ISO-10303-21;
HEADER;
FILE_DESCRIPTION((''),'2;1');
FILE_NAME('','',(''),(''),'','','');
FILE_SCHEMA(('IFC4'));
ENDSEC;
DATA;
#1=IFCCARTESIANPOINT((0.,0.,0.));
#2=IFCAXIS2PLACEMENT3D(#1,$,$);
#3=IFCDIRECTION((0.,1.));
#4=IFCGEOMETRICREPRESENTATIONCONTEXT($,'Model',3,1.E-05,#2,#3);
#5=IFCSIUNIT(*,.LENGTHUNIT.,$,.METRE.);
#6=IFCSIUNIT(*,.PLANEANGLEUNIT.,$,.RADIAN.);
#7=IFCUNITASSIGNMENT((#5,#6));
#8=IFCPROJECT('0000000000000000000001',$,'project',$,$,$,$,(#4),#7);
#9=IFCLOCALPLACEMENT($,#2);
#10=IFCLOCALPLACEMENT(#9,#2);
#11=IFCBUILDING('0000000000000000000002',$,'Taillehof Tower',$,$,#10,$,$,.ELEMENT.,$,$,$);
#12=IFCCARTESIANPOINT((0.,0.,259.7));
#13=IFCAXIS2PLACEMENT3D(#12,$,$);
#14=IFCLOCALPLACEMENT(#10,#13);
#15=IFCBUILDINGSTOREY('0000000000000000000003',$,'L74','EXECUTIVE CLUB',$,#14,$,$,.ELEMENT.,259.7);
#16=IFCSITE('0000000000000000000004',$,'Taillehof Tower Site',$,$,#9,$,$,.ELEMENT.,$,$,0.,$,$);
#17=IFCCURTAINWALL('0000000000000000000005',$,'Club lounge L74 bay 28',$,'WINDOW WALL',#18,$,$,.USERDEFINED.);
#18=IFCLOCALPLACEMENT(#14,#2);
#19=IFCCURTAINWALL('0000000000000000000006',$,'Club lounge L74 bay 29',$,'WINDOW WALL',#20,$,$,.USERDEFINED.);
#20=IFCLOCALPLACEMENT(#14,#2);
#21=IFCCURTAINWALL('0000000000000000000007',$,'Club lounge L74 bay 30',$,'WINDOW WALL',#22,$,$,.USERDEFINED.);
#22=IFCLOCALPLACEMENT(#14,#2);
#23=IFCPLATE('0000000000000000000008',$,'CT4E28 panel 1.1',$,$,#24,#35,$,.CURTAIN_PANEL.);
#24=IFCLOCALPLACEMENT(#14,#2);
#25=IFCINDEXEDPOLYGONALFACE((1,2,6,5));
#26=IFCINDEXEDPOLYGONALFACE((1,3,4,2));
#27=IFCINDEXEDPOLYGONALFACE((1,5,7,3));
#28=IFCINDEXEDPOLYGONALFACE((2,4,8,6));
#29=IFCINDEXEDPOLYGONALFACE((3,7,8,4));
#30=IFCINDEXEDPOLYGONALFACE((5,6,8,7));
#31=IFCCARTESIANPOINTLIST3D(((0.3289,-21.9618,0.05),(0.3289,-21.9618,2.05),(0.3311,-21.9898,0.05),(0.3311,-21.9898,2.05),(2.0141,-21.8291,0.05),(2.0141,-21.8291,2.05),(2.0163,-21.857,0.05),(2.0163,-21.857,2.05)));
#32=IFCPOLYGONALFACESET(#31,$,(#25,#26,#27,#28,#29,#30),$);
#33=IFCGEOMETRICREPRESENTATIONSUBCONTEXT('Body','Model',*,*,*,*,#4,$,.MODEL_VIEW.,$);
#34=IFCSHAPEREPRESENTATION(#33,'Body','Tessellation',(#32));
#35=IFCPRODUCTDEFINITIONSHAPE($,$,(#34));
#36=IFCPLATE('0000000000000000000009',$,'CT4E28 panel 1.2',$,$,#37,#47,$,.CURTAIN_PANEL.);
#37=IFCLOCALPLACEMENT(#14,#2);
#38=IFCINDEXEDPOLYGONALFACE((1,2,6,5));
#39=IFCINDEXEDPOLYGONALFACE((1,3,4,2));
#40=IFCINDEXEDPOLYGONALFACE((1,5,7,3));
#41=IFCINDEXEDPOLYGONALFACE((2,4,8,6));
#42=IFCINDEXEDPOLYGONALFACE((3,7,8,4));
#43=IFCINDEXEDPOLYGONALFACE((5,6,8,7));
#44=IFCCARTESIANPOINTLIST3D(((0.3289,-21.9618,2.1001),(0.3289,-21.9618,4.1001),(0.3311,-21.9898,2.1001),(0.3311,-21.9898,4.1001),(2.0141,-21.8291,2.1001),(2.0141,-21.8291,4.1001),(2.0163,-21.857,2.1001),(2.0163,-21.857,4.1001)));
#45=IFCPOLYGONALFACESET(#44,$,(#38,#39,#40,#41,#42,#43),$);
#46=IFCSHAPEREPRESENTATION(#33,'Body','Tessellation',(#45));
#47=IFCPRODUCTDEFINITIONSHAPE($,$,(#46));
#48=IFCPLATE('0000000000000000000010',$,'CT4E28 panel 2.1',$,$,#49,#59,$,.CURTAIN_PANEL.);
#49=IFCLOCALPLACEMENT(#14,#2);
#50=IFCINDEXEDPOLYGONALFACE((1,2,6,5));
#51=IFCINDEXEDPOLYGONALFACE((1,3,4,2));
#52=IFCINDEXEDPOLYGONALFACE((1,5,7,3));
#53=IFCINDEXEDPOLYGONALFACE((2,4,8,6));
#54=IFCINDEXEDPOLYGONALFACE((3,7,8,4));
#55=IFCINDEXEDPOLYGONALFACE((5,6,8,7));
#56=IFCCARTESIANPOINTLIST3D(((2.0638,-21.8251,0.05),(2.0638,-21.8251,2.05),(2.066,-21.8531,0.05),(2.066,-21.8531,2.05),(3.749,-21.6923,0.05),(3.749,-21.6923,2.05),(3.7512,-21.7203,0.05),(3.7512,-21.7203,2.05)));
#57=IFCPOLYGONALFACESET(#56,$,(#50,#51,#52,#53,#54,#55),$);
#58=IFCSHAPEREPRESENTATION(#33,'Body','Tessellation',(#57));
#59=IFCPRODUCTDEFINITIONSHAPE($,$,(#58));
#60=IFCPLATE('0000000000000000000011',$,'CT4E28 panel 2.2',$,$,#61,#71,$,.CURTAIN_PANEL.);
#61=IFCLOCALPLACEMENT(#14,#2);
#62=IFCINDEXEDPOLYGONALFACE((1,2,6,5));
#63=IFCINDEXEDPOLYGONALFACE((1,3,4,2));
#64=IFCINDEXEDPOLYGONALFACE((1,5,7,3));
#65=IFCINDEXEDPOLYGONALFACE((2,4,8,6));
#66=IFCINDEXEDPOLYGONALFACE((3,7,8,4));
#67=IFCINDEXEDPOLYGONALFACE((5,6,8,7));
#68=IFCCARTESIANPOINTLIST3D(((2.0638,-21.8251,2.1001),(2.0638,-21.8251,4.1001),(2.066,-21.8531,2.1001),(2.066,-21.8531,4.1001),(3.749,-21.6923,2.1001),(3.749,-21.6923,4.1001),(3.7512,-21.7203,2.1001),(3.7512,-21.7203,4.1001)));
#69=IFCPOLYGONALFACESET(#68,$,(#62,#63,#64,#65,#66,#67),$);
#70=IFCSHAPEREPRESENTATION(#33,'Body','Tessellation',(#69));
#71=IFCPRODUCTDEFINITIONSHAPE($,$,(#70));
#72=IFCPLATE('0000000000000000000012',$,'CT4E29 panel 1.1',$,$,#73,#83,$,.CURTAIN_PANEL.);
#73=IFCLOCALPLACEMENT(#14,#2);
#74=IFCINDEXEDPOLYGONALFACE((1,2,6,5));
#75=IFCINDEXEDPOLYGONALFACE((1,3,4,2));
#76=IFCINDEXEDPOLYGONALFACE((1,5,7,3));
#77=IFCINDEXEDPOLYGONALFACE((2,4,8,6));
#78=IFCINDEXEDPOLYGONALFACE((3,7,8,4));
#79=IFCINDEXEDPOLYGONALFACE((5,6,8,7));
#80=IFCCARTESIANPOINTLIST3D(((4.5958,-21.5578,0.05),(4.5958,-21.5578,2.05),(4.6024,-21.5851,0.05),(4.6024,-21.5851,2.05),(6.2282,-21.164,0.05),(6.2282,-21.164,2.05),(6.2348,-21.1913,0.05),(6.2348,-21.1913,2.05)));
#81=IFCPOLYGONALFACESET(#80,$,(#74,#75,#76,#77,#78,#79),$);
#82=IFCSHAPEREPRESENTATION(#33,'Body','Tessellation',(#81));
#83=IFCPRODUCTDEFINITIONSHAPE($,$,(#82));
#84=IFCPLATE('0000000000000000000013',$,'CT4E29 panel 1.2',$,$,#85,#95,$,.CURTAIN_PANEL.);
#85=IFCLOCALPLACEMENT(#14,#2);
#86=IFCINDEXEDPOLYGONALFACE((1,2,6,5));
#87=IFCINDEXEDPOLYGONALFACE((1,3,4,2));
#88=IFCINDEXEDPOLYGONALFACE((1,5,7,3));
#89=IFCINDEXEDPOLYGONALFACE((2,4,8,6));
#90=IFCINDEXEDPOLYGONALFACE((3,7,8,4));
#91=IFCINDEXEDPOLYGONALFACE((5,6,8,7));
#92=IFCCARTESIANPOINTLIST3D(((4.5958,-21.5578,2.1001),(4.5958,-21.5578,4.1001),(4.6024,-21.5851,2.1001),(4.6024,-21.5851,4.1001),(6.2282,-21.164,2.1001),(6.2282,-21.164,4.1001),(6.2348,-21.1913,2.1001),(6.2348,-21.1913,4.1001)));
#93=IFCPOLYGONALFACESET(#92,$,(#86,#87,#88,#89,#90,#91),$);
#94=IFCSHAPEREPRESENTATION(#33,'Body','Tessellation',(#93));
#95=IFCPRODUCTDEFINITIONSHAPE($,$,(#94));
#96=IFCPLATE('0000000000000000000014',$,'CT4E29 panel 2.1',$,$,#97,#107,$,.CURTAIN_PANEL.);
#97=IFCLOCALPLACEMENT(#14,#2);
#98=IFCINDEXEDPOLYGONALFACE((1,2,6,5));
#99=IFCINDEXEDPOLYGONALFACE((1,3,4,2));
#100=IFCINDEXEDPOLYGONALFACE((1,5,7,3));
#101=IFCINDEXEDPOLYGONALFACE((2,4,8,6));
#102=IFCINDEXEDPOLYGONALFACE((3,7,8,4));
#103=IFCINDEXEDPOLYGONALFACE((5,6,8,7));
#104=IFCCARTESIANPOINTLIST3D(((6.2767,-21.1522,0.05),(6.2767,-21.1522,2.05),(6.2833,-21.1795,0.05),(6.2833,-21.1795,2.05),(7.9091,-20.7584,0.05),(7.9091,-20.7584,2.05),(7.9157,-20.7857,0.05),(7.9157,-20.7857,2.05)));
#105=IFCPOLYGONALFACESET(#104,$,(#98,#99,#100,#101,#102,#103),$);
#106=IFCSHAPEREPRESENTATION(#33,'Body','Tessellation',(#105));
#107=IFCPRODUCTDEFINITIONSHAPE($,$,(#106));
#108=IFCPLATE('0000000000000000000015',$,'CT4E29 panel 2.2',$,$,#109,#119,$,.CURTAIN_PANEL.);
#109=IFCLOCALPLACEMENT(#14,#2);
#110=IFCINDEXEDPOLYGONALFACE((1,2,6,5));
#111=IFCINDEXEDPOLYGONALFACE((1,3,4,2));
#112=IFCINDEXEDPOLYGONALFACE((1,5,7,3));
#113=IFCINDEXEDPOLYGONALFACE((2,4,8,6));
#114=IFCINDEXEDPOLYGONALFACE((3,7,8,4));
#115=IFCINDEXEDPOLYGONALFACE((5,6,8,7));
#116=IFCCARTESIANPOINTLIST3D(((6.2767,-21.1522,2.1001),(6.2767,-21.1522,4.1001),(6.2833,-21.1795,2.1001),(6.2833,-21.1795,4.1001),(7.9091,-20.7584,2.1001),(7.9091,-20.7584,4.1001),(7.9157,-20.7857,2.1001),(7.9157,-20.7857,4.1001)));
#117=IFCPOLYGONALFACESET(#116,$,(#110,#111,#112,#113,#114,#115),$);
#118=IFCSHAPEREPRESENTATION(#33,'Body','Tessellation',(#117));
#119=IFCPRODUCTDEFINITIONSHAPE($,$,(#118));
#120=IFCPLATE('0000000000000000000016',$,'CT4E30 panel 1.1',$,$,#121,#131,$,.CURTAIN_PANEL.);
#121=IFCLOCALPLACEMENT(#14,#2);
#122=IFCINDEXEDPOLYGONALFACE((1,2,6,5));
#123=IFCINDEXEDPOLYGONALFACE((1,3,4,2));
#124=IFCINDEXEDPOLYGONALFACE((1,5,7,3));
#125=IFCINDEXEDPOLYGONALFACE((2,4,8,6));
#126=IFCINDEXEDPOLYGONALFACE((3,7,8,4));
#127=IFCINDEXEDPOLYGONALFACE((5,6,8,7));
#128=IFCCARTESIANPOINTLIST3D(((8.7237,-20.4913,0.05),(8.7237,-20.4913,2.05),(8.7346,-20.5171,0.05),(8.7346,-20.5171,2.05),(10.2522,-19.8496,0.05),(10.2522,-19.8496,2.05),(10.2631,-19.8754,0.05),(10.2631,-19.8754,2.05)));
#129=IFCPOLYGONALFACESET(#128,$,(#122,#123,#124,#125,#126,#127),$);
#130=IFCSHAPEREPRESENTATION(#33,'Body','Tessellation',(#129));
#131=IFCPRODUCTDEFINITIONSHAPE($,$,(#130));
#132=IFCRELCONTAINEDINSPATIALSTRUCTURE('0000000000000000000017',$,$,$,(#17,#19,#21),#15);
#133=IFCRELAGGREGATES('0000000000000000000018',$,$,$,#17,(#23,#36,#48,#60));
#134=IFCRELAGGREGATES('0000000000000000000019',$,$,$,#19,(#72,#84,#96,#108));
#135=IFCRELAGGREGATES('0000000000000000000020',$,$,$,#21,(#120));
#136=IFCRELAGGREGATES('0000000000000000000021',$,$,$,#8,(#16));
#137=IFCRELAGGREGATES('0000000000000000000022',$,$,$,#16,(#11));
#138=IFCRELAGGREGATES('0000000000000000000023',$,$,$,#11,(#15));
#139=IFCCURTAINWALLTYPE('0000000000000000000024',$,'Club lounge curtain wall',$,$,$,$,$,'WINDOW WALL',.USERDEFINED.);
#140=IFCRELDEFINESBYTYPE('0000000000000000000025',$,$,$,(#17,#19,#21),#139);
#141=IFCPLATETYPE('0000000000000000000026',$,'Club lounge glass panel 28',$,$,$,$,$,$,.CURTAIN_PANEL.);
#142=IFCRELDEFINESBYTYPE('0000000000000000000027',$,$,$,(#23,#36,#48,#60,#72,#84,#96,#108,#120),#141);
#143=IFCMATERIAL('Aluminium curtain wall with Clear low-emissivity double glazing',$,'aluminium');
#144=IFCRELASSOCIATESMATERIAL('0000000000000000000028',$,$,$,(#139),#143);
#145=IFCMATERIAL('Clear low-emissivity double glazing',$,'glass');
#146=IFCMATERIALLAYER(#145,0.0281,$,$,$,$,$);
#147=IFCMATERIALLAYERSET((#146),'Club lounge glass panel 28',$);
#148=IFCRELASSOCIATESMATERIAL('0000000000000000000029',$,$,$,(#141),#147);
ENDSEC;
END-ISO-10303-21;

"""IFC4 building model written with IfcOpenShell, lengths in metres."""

from ifc_helpers import new_model, si_unit, direction, frame, origin, origin_2d, place, context, subcontext, project, spatial, rectangle, extrude, material, layer, layer_set, type_object, element, aggregate, save


model = new_model("IFC4")

# Units and contexts
model_context = context("Model", 3, precision=1e-05, world=origin(), true_north=direction((0.0, 1.0)))
body_context = subcontext(model_context, "Body", "Model", "MODEL_VIEW")
ifc_project = project(units=[si_unit("LENGTHUNIT", "METRE"), si_unit("PLANEANGLEUNIT", "RADIAN")], contexts=[model_context])

# Site, building, storey
site_placement = place(None, origin())
site = spatial("IfcSite", under=ifc_project, at=site_placement, Name="Taillehof Tower Site", CompositionType="ELEMENT", RefElevation=0.0)
building_placement = place(site_placement, origin())
building = spatial("IfcBuilding", under=site, at=building_placement, Name="Taillehof Tower", CompositionType="ELEMENT")
storey_placement = place(building_placement, frame((0.0, 0.0, 259.7)))
storey = spatial("IfcBuildingStorey", under=building, at=storey_placement, Name="L74", Description="EXECUTIVE CLUB", CompositionType="ELEMENT", Elevation=259.7)

# Curtain walls
ifc_material_1 = material(Name="Aluminium curtain wall with Clear low-emissivity double glazing", Category="aluminium")
curtain_wall_type = type_object("IfcCurtainWallType", Name="Club lounge curtain wall", ElementType="WINDOW WALL", PredefinedType="USERDEFINED", material=ifc_material_1)
curtain_wall_1_placement = place(storey_placement, origin())
curtain_wall_1 = element("IfcCurtainWall", 1, at=curtain_wall_1_placement, inside=storey, type_object=curtain_wall_type, Name="Club lounge L74 bay 28", ObjectType="WINDOW WALL", PredefinedType="USERDEFINED")
curtain_wall_2_placement = place(storey_placement, origin())
curtain_wall_2 = element("IfcCurtainWall", 2, at=curtain_wall_2_placement, inside=storey, type_object=curtain_wall_type, Name="Club lounge L74 bay 29", ObjectType="WINDOW WALL", PredefinedType="USERDEFINED")

# Curtain wall
curtain_wall_3_placement = place(storey_placement, origin())
curtain_wall_3 = element("IfcCurtainWall", 3, at=curtain_wall_3_placement, inside=storey, type_object=curtain_wall_type, Name="Club lounge L74 bay 30", ObjectType="WINDOW WALL", PredefinedType="USERDEFINED")

# Plates
ifc_material_2 = material(Name="Clear low-emissivity double glazing", Category="glass")
ifc_layer = layer(ifc_material_2, 0.0281)
ifc_layer_set = layer_set([ifc_layer], Name="Club lounge glass panel 28")
plate_type = type_object("IfcPlateType", Name="Club lounge glass panel 28", PredefinedType="CURTAIN_PANEL", material=ifc_layer_set)
plate_1_placement = place(storey_placement, frame((1.1726, -21.9094, 0.05), z_axis=(0.0, 0.0, 1.0), x_axis=(0.996912, 0.078525, 0.0)))
plate_1 = element("IfcPlate", 4, at=plate_1_placement, type_object=plate_type, Name="CT4E28 panel 1.1", PredefinedType="CURTAIN_PANEL", context=body_context, shape_type="SweptSolid", body=[
    extrude(rectangle(XDim=1.6904, YDim=0.0281, at=origin_2d()), origin(), (0.0, 0.0, 1.0), 2.0),
])
plate_2_placement = place(storey_placement, frame((1.1726, -21.9094, 2.1001), z_axis=(0.0, 0.0, 1.0), x_axis=(0.996912, 0.078525, 0.0)))
plate_2 = element("IfcPlate", 5, at=plate_2_placement, type_object=plate_type, Name="CT4E28 panel 1.2", PredefinedType="CURTAIN_PANEL", context=body_context, shape_type="SweptSolid", body=[
    extrude(rectangle(XDim=1.6904, YDim=0.0281, at=origin_2d()), origin(), (0.0, 0.0, 1.0), 2.0),
])
plate_3_placement = place(storey_placement, frame((2.9075, -21.7727, 0.05), z_axis=(0.0, 0.0, 1.0), x_axis=(0.996912, 0.078525, 0.0)))
plate_3 = element("IfcPlate", 6, at=plate_3_placement, type_object=plate_type, Name="CT4E28 panel 2.1", PredefinedType="CURTAIN_PANEL", context=body_context, shape_type="SweptSolid", body=[
    extrude(rectangle(XDim=1.6904, YDim=0.0281, at=origin_2d()), origin(), (0.0, 0.0, 1.0), 2.0),
])
plate_4_placement = place(storey_placement, frame((2.9075, -21.7727, 2.1001), z_axis=(0.0, 0.0, 1.0), x_axis=(0.996912, 0.078525, 0.0)))
plate_4 = element("IfcPlate", 7, at=plate_4_placement, type_object=plate_type, Name="CT4E28 panel 2.2", PredefinedType="CURTAIN_PANEL", context=body_context, shape_type="SweptSolid", body=[
    extrude(rectangle(XDim=1.6904, YDim=0.0281, at=origin_2d()), origin(), (0.0, 0.0, 1.0), 2.0),
])
aggregate(curtain_wall_1, [plate_1, plate_2, plate_3, plate_4])
plate_5_placement = place(storey_placement, frame((5.4153, -21.3745, 0.05), z_axis=(0.0, 0.0, 1.0), x_axis=(0.972113, 0.234515, 0.0)))
plate_5 = element("IfcPlate", 8, at=plate_5_placement, type_object=plate_type, Name="CT4E29 panel 1.1", PredefinedType="CURTAIN_PANEL", context=body_context, shape_type="SweptSolid", body=[
    extrude(rectangle(XDim=1.6792, YDim=0.0281, at=origin_2d()), origin(), (0.0, 0.0, 1.0), 2.0),
])
plate_6_placement = place(storey_placement, frame((5.4153, -21.3745, 2.1001), z_axis=(0.0, 0.0, 1.0), x_axis=(0.972113, 0.234515, 0.0)))
plate_6 = element("IfcPlate", 9, at=plate_6_placement, type_object=plate_type, Name="CT4E29 panel 1.2", PredefinedType="CURTAIN_PANEL", context=body_context, shape_type="SweptSolid", body=[
    extrude(rectangle(XDim=1.6792, YDim=0.0281, at=origin_2d()), origin(), (0.0, 0.0, 1.0), 2.0),
])
plate_7_placement = place(storey_placement, frame((7.0962, -20.969, 0.05), z_axis=(0.0, 0.0, 1.0), x_axis=(0.972113, 0.234515, 0.0)))
plate_7 = element("IfcPlate", 10, at=plate_7_placement, type_object=plate_type, Name="CT4E29 panel 2.1", PredefinedType="CURTAIN_PANEL", context=body_context, shape_type="SweptSolid", body=[
    extrude(rectangle(XDim=1.6792, YDim=0.0281, at=origin_2d()), origin(), (0.0, 0.0, 1.0), 2.0),
])
plate_8_placement = place(storey_placement, frame((7.0962, -20.969, 2.1001), z_axis=(0.0, 0.0, 1.0), x_axis=(0.972113, 0.234515, 0.0)))
plate_8 = element("IfcPlate", 11, at=plate_8_placement, type_object=plate_type, Name="CT4E29 panel 2.2", PredefinedType="CURTAIN_PANEL", context=body_context, shape_type="SweptSolid", body=[
    extrude(rectangle(XDim=1.6792, YDim=0.0281, at=origin_2d()), origin(), (0.0, 0.0, 1.0), 2.0),
])
aggregate(curtain_wall_2, [plate_5, plate_6, plate_7, plate_8])
plate_9_placement = place(storey_placement, frame((9.4934, -20.1833, 0.05), z_axis=(0.0, 0.0, 1.0), x_axis=(0.922037, 0.387101, 0.0)))
plate_9 = element("IfcPlate", 12, at=plate_9_placement, type_object=plate_type, Name="CT4E30 panel 1.1", PredefinedType="CURTAIN_PANEL", context=body_context, shape_type="SweptSolid", body=[
    extrude(rectangle(XDim=1.6577, YDim=0.0281, at=origin_2d()), origin(), (0.0, 0.0, 1.0), 2.0),
])
aggregate(curtain_wall_3, [plate_9])

save(model, "model.ifc")
